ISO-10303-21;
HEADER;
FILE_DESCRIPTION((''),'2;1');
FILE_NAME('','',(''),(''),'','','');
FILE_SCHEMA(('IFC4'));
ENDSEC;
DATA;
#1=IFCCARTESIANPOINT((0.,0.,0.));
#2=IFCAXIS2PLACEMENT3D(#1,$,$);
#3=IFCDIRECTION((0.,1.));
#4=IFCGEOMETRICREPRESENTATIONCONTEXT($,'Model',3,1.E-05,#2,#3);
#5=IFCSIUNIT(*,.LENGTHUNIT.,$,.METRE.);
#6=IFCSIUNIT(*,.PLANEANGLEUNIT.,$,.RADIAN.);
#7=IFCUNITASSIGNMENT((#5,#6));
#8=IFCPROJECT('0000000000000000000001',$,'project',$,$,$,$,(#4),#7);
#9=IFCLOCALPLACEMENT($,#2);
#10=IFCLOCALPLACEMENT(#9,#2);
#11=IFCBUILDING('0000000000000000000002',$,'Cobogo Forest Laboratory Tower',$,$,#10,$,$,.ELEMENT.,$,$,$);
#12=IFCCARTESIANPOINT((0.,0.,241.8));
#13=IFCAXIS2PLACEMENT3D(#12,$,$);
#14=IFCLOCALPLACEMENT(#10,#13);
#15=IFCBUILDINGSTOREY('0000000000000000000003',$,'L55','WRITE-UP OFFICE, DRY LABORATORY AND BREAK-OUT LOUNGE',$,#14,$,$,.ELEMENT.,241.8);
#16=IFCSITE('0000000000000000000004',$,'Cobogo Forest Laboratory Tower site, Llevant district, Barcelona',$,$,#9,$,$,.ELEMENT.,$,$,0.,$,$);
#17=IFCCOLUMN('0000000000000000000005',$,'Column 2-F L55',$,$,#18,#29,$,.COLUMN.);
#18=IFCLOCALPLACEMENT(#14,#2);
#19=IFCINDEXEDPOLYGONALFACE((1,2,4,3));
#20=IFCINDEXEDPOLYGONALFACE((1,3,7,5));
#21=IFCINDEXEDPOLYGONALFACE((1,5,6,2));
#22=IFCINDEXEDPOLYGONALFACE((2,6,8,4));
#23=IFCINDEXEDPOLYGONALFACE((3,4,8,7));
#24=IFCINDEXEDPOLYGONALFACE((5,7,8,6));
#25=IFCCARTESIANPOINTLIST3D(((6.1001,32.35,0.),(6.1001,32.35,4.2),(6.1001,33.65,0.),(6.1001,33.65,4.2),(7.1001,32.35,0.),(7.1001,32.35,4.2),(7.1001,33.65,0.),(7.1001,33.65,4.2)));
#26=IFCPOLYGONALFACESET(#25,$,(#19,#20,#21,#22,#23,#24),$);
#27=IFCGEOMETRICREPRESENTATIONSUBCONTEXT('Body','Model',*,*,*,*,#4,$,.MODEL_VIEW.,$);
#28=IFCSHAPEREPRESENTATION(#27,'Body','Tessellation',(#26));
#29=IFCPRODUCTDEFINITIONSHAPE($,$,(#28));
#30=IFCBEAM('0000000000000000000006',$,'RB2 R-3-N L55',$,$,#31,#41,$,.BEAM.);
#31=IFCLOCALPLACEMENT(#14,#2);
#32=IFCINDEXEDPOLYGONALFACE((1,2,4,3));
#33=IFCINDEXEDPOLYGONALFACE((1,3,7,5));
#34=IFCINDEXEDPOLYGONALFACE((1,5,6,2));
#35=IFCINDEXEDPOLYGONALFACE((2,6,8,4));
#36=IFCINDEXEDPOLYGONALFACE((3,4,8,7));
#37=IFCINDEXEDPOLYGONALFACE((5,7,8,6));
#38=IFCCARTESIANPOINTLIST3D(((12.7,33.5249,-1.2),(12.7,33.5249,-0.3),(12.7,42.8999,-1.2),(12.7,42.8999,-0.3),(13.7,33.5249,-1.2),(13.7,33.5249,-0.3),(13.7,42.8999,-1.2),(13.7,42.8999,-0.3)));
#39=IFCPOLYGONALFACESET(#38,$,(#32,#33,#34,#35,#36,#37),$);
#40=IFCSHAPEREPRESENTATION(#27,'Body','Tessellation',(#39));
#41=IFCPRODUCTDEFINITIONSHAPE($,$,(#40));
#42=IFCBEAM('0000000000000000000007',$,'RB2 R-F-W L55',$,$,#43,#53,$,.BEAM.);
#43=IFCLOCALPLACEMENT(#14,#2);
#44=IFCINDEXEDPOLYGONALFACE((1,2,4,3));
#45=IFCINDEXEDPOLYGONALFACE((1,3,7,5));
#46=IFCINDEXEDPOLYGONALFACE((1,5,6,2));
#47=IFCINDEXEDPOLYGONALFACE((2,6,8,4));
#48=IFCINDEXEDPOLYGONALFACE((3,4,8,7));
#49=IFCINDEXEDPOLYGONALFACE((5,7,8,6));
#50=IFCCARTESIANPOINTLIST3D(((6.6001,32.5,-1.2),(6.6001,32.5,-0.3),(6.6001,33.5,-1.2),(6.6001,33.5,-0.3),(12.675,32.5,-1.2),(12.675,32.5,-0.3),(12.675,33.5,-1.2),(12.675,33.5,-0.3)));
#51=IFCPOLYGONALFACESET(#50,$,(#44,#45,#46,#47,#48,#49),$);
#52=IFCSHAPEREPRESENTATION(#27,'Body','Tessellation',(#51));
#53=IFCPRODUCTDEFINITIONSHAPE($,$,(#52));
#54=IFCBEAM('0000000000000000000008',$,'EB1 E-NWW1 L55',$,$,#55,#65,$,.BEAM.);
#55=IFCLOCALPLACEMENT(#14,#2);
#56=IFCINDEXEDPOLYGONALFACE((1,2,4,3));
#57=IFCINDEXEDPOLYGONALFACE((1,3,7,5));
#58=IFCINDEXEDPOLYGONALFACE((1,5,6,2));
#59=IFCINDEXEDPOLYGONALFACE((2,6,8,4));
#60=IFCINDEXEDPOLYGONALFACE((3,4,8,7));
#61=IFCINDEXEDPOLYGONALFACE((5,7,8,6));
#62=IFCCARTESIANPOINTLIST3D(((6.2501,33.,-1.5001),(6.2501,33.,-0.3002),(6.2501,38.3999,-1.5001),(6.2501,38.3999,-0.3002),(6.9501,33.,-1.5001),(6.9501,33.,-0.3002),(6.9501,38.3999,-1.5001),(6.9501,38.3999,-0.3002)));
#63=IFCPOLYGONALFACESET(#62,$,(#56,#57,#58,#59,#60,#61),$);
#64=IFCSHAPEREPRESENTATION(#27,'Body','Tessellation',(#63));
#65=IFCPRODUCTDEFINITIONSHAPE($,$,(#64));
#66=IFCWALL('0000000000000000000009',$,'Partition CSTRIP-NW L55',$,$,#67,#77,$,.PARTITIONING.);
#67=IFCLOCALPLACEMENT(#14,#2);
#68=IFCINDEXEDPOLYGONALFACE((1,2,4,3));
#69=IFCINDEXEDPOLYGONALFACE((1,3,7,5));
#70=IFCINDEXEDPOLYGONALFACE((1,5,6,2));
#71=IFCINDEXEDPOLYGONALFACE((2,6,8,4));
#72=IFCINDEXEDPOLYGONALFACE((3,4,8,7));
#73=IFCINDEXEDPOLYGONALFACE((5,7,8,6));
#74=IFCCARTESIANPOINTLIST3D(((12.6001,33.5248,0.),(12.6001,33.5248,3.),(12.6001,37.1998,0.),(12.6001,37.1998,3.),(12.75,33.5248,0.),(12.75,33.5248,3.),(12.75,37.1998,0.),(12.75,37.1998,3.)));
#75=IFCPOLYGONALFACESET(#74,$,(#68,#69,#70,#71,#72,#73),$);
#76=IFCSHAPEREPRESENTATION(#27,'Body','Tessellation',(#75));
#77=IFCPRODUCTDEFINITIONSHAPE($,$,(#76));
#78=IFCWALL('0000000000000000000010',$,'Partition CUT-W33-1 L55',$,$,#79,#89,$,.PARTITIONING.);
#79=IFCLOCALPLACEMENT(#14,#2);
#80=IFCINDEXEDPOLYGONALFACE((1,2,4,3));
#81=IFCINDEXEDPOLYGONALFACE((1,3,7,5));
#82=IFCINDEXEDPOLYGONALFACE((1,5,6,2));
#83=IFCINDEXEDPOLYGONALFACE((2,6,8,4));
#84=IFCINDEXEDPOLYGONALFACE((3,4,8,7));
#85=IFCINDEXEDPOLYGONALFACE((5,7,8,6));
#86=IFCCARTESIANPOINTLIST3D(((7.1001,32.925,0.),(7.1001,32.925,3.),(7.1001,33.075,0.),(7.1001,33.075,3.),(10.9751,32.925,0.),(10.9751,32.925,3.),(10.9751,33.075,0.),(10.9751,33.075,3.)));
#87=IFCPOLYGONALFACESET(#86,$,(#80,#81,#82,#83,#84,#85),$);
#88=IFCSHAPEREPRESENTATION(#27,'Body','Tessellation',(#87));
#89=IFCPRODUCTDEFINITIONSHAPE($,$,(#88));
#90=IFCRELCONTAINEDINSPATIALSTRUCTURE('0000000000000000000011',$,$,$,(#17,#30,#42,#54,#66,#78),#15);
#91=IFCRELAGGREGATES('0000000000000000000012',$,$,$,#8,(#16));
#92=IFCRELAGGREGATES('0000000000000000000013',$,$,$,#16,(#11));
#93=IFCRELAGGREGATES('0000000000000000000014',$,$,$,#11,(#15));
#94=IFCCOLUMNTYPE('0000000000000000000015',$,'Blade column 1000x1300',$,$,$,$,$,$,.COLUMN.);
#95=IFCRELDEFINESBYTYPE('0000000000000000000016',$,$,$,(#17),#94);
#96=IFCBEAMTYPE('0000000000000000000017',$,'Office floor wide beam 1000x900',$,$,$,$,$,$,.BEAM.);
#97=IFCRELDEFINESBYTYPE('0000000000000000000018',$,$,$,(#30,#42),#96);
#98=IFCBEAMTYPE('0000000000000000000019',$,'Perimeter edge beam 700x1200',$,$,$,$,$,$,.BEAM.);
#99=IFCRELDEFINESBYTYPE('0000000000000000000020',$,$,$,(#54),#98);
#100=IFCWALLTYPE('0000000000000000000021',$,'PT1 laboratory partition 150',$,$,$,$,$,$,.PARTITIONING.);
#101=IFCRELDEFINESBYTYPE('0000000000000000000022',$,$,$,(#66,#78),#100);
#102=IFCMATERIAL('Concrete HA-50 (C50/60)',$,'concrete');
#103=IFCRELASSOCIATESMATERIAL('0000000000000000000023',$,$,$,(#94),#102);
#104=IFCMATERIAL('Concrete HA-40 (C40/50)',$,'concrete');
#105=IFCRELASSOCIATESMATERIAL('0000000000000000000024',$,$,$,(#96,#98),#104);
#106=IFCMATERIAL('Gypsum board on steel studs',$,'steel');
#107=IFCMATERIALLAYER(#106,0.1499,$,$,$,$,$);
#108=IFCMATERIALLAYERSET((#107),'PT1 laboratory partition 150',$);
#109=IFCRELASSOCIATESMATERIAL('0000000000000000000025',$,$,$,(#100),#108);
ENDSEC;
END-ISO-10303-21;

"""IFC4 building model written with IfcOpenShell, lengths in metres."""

from ifc_helpers import new_model, si_unit, direction, frame, frame_2d, origin, origin_2d, place, context, subcontext, project, spatial, rectangle, extrude, material, layer, layer_set, material_profile, profile_set, type_object, element, save


model = new_model("IFC4")

# Units and contexts
model_context = context("Model", 3, precision=1e-05, world=origin(), true_north=direction((0.0, 1.0)))
body_context = subcontext(model_context, "Body", "Model", "MODEL_VIEW")
ifc_project = project(units=[si_unit("LENGTHUNIT", "METRE"), si_unit("PLANEANGLEUNIT", "RADIAN")], contexts=[model_context])

# Site, building, storey
site_placement = place(None, origin())
site = spatial("IfcSite", under=ifc_project, at=site_placement, Name="Cobogo Forest Laboratory Tower site, Llevant district, Barcelona", CompositionType="ELEMENT", RefElevation=0.0)
building_placement = place(site_placement, origin())
building = spatial("IfcBuilding", under=site, at=building_placement, Name="Cobogo Forest Laboratory Tower", CompositionType="ELEMENT")
storey_placement = place(building_placement, frame((0.0, 0.0, 241.8)))
storey = spatial("IfcBuildingStorey", under=building, at=storey_placement, Name="L55", Description="WRITE-UP OFFICE, DRY LABORATORY AND BREAK-OUT LOUNGE", CompositionType="ELEMENT", Elevation=241.8)

# Column
ifc_material_1 = material(Name="Concrete HA-50 (C50/60)", Category="concrete")
ifc_material_profile_1 = material_profile(ifc_material_1, rectangle(XDim=1.3, YDim=1.0, at=origin_2d()), Name="RC 1000x1300")
ifc_profile_set_1 = profile_set([ifc_material_profile_1], Name="Concrete HA-50 (C50/60)")
column_type = type_object("IfcColumnType", Name="Blade column 1000x1300", PredefinedType="COLUMN", material=ifc_profile_set_1)
column_placement = place(storey_placement, frame((6.6001, 33.0, 0.0), z_axis=(0.0, 0.0, 1.0), x_axis=(0.0, 1.0, 0.0)))
element("IfcColumn", 1, at=column_placement, inside=storey, type_object=column_type, Name="Column 2-F L55", PredefinedType="COLUMN", context=body_context, shape_type="SweptSolid", body=[
    extrude(rectangle(XDim=1.3, YDim=1.0, at=origin_2d()), origin(), (0.0, 0.0, 1.0), 4.2),
])

# Beams
ifc_material_2 = material(Name="Concrete HA-40 (C40/50)", Category="concrete")
ifc_material_profile_2 = material_profile(ifc_material_2, rectangle(XDim=1.0, YDim=0.8999, at=origin_2d()), Name="RC 1000x900")
ifc_profile_set_2 = profile_set([ifc_material_profile_2], Name="Concrete HA-40 (C40/50)")
beam_type_1 = type_object("IfcBeamType", Name="Office floor wide beam 1000x900", PredefinedType="BEAM", material=ifc_profile_set_2)
beam_1_placement = place(storey_placement, frame((13.2, 33.5249, -0.75), z_axis=(0.0, 1.0, 0.0), x_axis=(-1.0, 0.0, 0.0)))
element("IfcBeam", 2, at=beam_1_placement, inside=storey, type_object=beam_type_1, Name="RB2 R-3-N L55", PredefinedType="BEAM", context=body_context, shape_type="SweptSolid", body=[
    extrude(rectangle(XDim=1.0, YDim=0.8999, at=origin_2d()), origin(), (0.0, 0.0, 1.0), 9.375),
])
beam_2_placement = place(storey_placement, frame((12.675, 33.0, -0.75), z_axis=(-1.0, 0.0, 0.0), x_axis=(0.0, -1.0, 0.0)))
element("IfcBeam", 3, at=beam_2_placement, inside=storey, type_object=beam_type_1, Name="RB2 R-F-W L55", PredefinedType="BEAM", context=body_context, shape_type="SweptSolid", body=[
    extrude(rectangle(XDim=1.0, YDim=0.8999, at=origin_2d()), origin(), (0.0, 0.0, 1.0), 6.075),
])
ifc_material_profile_3 = material_profile(ifc_material_2, rectangle(XDim=0.7, YDim=1.2, at=origin_2d()), Name="RC 700x1200")
ifc_profile_set_3 = profile_set([ifc_material_profile_3], Name="Concrete HA-40 (C40/50)")
beam_type_2 = type_object("IfcBeamType", Name="Perimeter edge beam 700x1200", PredefinedType="BEAM", material=ifc_profile_set_3)
beam_3_placement = place(storey_placement, frame((6.6001, 33.0, -0.9001), z_axis=(0.0, 1.0, 0.0), x_axis=(-1.0, 0.0, 0.0)))
element("IfcBeam", 4, at=beam_3_placement, inside=storey, type_object=beam_type_2, Name="EB1 E-NWW1 L55", PredefinedType="BEAM", context=body_context, shape_type="SweptSolid", body=[
    extrude(rectangle(XDim=0.7, YDim=1.2, at=origin_2d()), origin(), (0.0, 0.0, 1.0), 5.3999),
])

# Walls
ifc_material_3 = material(Name="Gypsum board on steel studs", Category="steel")
ifc_layer = layer(ifc_material_3, 0.1499)
ifc_layer_set = layer_set([ifc_layer], Name="PT1 laboratory partition 150")
wall_type = type_object("IfcWallType", Name="PT1 laboratory partition 150", PredefinedType="PARTITIONING", material=ifc_layer_set)
wall_1_placement = place(storey_placement, frame((12.675, 33.5249, 0.0), z_axis=(0.0, 0.0, 1.0), x_axis=(0.0, 1.0, 0.0)))
element("IfcWall", 5, at=wall_1_placement, inside=storey, type_object=wall_type, Name="Partition CSTRIP-NW L55", PredefinedType="PARTITIONING", context=body_context, shape_type="SweptSolid", body=[
    extrude(rectangle(XDim=3.675, YDim=0.1499, at=frame_2d((1.8374, 0.0))), origin(), (0.0, 0.0, 1.0), 3.0),
])
wall_2_placement = place(storey_placement, frame((7.1001, 33.0, 0.0), z_axis=(0.0, 0.0, 1.0), x_axis=(1.0, 0.0, 0.0)))
element("IfcWall", 6, at=wall_2_placement, inside=storey, type_object=wall_type, Name="Partition CUT-W33-1 L55", PredefinedType="PARTITIONING", context=body_context, shape_type="SweptSolid", body=[
    extrude(rectangle(XDim=3.875, YDim=0.1499, at=frame_2d((1.9375, 0.0))), origin(), (0.0, 0.0, 1.0), 3.0),
])

save(model, "model.ifc")
